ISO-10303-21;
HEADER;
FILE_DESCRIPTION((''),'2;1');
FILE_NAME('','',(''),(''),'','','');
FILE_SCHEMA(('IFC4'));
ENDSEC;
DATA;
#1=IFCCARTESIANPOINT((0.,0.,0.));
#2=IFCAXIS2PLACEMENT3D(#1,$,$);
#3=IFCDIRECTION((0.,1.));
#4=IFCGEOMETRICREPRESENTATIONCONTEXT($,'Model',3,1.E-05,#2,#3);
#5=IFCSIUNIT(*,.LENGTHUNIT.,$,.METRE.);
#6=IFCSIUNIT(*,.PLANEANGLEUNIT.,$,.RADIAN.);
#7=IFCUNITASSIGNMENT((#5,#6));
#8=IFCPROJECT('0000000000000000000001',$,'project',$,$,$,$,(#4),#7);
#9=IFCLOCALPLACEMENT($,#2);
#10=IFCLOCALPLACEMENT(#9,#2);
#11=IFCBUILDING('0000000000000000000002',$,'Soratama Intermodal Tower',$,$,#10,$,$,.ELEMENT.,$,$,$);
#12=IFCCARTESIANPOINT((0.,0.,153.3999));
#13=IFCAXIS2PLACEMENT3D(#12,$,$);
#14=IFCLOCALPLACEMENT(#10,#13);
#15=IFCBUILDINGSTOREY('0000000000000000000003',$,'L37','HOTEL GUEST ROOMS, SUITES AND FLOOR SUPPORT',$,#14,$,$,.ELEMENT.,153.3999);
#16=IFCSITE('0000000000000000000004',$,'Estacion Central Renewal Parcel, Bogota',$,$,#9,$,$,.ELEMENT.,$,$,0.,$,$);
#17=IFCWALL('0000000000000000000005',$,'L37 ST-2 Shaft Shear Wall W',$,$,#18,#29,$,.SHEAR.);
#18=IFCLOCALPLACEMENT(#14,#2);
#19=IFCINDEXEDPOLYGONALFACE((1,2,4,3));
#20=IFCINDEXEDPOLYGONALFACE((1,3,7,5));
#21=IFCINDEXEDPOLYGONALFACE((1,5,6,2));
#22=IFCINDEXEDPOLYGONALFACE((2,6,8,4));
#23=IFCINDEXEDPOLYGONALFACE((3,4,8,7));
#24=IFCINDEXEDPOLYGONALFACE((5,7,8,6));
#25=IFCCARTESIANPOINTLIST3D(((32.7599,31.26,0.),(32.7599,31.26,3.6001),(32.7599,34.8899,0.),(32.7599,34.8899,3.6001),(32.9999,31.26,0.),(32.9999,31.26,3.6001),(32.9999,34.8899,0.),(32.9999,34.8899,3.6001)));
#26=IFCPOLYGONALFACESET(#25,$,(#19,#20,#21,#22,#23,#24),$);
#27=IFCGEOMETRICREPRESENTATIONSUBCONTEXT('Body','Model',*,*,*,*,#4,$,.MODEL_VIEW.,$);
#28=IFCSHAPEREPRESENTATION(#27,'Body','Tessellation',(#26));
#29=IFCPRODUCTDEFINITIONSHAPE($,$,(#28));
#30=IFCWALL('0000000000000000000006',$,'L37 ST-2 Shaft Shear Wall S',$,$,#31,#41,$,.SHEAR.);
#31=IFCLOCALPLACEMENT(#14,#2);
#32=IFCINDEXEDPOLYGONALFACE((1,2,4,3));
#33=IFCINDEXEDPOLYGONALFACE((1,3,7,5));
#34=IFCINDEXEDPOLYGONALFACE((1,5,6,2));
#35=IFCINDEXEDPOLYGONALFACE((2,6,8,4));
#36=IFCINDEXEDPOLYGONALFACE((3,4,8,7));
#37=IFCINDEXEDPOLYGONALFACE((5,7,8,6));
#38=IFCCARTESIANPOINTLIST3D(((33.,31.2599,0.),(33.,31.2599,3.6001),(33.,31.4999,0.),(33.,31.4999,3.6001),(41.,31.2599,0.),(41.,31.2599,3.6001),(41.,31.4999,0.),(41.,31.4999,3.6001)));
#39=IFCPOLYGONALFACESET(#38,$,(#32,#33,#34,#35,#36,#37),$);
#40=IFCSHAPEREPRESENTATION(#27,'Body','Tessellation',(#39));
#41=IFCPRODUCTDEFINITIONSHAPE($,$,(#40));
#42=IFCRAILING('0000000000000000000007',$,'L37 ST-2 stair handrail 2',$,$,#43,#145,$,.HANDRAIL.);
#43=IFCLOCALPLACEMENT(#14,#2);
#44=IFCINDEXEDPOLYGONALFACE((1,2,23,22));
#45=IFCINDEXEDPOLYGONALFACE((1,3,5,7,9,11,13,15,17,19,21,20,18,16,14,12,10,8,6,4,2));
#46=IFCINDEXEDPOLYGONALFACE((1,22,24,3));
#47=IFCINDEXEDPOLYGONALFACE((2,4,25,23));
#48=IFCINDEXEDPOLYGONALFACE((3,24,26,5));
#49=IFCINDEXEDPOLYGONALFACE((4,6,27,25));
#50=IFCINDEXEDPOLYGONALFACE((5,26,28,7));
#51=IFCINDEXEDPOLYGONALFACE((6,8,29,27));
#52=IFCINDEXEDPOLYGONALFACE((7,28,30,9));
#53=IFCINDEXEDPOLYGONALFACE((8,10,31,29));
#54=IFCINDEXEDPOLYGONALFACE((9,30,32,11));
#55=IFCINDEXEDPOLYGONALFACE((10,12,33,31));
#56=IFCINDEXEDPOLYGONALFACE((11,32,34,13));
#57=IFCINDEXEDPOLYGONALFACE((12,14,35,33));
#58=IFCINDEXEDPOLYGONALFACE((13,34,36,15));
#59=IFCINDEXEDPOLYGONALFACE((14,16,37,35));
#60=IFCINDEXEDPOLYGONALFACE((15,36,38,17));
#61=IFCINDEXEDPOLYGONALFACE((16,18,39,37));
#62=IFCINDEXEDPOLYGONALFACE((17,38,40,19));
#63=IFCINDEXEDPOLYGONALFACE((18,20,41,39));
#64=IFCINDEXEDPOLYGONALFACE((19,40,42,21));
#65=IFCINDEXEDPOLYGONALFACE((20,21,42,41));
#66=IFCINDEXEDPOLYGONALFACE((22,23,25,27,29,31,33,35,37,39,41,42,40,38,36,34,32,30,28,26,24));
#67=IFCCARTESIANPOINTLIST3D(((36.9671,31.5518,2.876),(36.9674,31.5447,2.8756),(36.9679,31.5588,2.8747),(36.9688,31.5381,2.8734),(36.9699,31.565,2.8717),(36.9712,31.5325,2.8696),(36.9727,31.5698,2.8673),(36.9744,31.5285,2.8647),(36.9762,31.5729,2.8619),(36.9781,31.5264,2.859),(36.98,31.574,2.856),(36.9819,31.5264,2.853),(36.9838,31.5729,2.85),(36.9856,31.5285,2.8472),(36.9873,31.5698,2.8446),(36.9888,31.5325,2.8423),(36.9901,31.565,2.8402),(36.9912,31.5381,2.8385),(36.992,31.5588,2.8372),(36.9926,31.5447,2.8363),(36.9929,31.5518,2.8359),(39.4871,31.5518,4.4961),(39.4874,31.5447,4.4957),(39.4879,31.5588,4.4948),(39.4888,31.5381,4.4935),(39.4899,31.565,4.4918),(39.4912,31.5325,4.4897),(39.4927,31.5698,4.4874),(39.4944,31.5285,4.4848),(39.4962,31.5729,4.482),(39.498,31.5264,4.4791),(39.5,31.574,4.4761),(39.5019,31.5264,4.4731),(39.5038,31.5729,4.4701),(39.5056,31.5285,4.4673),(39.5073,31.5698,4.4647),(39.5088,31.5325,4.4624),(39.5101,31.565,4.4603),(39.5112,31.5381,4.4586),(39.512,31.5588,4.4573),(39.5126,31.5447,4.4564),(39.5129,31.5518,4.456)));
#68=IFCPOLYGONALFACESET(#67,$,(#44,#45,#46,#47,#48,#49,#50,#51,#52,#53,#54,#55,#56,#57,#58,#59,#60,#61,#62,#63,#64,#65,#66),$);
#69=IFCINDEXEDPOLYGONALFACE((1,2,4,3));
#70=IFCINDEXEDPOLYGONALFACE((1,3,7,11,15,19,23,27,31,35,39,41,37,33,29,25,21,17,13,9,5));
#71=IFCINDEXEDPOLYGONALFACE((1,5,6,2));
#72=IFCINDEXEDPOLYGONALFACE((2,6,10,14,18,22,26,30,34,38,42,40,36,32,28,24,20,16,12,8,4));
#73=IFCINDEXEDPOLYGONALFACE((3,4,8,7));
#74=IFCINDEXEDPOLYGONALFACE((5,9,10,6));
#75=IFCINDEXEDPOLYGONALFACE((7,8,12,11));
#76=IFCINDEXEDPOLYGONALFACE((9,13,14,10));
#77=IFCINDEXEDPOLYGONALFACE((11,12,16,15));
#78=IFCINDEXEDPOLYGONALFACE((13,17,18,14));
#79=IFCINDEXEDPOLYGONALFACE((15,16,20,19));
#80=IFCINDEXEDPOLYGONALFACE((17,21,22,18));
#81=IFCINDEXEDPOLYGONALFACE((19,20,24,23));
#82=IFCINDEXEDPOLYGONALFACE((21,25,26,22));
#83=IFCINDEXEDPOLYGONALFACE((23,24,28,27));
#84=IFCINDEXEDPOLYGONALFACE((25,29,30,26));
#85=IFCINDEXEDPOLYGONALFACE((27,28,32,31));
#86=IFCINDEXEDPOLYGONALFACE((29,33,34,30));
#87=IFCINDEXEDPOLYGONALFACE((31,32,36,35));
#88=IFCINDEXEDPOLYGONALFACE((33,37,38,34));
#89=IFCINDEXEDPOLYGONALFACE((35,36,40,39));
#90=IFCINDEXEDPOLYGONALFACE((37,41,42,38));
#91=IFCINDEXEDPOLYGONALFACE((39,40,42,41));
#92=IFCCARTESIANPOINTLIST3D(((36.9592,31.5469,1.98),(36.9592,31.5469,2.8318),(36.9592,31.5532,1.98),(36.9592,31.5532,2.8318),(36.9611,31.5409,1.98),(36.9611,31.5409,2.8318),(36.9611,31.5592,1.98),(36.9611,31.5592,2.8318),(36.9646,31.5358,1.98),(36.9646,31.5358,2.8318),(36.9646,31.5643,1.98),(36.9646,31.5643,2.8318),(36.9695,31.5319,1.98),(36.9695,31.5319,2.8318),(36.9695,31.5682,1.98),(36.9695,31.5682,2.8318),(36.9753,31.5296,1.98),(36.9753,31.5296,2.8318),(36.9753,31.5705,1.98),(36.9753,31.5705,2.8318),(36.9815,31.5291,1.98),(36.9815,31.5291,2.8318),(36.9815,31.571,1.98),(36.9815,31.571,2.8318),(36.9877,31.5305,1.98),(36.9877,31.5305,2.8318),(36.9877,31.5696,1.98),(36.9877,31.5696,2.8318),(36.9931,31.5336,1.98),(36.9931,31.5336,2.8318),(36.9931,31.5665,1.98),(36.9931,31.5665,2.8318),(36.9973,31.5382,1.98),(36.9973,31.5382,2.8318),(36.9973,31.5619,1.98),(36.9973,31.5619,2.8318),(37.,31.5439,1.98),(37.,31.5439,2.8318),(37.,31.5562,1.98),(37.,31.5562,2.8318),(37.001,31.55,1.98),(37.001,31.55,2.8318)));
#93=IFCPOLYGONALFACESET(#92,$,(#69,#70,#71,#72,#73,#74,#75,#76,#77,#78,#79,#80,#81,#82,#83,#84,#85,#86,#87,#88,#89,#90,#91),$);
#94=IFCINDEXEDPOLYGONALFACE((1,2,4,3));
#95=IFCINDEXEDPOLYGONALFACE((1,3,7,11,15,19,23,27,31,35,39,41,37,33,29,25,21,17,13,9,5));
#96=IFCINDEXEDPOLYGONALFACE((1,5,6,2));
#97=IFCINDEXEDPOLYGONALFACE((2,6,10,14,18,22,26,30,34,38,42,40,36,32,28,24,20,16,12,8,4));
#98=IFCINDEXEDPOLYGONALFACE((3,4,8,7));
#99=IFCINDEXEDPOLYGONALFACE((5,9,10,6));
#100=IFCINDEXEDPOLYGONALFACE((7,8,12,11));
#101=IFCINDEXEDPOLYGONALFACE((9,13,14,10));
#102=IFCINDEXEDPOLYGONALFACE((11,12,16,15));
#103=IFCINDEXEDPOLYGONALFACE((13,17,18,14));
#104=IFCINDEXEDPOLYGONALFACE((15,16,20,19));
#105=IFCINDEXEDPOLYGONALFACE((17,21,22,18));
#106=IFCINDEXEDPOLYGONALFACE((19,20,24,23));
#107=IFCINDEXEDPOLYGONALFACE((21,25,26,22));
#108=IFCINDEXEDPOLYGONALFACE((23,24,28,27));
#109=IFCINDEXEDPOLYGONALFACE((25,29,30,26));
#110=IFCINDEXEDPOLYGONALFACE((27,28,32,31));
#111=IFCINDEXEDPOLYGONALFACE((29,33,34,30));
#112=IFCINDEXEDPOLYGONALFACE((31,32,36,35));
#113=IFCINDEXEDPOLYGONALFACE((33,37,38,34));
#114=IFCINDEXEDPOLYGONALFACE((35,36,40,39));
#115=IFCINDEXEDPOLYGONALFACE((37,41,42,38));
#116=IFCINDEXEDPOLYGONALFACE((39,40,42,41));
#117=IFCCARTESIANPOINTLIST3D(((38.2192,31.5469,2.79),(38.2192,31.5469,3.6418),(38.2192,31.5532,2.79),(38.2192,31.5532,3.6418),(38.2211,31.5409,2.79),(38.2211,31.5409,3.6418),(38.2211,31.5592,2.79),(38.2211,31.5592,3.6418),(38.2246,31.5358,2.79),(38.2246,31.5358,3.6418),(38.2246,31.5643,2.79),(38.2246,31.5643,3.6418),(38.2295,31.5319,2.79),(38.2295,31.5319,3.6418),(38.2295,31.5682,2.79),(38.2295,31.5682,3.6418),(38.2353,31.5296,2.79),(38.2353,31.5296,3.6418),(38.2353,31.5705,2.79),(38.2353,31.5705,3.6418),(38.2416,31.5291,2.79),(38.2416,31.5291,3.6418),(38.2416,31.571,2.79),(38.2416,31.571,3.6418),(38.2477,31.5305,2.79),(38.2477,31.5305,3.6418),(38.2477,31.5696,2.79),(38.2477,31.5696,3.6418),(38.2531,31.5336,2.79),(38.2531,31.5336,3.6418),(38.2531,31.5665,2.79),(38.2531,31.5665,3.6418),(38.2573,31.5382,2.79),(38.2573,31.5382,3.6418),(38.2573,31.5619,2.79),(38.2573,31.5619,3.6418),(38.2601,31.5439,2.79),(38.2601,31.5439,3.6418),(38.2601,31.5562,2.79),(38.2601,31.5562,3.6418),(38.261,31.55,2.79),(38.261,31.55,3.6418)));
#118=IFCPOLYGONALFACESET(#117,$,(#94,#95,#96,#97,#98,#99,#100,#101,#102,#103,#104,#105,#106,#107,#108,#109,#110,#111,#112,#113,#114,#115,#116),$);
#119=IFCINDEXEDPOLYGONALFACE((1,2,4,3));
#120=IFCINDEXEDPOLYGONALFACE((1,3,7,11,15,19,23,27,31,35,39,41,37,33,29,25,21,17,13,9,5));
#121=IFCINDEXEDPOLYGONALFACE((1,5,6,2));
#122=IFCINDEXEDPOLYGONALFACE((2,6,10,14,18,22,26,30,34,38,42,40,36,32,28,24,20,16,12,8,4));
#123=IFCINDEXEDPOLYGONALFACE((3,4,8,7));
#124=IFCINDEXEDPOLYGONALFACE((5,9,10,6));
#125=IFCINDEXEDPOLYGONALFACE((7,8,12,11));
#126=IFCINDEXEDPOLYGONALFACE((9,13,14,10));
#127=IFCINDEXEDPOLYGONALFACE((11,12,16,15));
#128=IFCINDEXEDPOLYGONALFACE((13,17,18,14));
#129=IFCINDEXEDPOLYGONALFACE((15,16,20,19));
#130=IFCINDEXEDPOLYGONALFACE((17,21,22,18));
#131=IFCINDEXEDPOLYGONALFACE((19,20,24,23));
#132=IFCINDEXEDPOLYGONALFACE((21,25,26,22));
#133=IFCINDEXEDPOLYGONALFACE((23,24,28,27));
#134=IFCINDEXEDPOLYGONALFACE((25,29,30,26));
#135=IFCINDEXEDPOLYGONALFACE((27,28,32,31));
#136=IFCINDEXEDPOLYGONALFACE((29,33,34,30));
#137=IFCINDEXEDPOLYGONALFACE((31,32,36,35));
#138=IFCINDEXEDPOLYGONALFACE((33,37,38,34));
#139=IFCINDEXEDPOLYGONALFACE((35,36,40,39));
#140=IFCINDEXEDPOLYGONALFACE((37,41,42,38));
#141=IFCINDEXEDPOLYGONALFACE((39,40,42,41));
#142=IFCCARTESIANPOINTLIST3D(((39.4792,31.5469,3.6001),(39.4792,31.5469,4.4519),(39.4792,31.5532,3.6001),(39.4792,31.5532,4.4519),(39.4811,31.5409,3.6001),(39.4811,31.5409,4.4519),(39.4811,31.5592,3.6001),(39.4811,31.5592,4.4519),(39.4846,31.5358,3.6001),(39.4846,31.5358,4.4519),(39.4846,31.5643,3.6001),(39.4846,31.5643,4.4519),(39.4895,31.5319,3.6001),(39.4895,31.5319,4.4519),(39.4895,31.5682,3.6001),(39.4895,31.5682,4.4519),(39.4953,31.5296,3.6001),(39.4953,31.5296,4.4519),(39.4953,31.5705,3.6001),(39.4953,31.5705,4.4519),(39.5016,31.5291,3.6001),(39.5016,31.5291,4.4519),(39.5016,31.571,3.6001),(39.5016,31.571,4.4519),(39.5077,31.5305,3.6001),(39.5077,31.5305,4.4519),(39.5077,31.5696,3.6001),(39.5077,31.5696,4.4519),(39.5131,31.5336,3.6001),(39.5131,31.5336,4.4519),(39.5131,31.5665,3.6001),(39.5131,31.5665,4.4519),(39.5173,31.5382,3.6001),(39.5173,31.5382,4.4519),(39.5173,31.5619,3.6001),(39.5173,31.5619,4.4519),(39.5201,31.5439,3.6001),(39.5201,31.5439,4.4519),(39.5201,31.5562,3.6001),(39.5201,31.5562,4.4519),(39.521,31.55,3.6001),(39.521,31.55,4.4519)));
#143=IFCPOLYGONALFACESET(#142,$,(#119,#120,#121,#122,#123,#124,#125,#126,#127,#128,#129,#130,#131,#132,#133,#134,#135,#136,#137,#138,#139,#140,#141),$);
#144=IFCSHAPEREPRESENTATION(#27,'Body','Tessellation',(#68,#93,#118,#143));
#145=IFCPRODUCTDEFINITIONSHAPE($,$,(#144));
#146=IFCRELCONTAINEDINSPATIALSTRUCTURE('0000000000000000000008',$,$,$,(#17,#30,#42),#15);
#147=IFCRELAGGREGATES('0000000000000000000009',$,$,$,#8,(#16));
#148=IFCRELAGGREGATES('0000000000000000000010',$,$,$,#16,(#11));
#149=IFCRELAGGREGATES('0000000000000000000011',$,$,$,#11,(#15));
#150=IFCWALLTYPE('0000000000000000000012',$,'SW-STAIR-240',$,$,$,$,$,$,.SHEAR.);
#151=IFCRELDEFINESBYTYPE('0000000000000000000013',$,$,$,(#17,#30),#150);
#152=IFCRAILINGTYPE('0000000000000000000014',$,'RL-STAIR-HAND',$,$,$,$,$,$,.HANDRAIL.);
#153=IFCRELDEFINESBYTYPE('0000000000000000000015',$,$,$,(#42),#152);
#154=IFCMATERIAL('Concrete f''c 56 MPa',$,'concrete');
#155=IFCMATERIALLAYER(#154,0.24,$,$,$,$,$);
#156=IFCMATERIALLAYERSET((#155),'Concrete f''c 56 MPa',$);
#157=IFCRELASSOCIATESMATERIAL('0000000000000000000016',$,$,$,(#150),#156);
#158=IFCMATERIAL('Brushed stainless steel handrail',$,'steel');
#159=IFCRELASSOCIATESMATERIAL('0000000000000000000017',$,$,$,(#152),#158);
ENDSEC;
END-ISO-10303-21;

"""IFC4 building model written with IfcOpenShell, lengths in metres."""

from ifc_helpers import new_model, si_unit, direction, frame, frame_2d, origin, origin_2d, place, context, subcontext, project, spatial, rectangle, circle, extrude, material, layer, layer_set, type_object, element, save


model = new_model("IFC4")

# Units and contexts
model_context = context("Model", 3, precision=1e-05, world=origin(), true_north=direction((0.0, 1.0)))
body_context = subcontext(model_context, "Body", "Model", "MODEL_VIEW")
ifc_project = project(units=[si_unit("LENGTHUNIT", "METRE"), si_unit("PLANEANGLEUNIT", "RADIAN")], contexts=[model_context])

# Site, building, storey
site_placement = place(None, origin())
site = spatial("IfcSite", under=ifc_project, at=site_placement, Name="Estacion Central Renewal Parcel, Bogota", CompositionType="ELEMENT", RefElevation=0.0)
building_placement = place(site_placement, origin())
building = spatial("IfcBuilding", under=site, at=building_placement, Name="Soratama Intermodal Tower", CompositionType="ELEMENT")
storey_placement = place(building_placement, frame((0.0, 0.0, 153.3999)))
storey = spatial("IfcBuildingStorey", under=building, at=storey_placement, Name="L37", Description="HOTEL GUEST ROOMS, SUITES AND FLOOR SUPPORT", CompositionType="ELEMENT", Elevation=153.3999)

# Walls
ifc_material_1 = material(Name="Concrete f'c 56 MPa", Category="concrete")
ifc_layer_1 = layer(ifc_material_1, 0.24)
ifc_layer_set_1 = layer_set([ifc_layer_1], Name="Concrete f'c 56 MPa")
wall_type_1 = type_object("IfcWallType", Name="SW-STAIR-240", PredefinedType="SHEAR", material=ifc_layer_set_1)
wall_1_placement = place(storey_placement, frame((32.8799, 31.26, 0.0), z_axis=(0.0, 0.0, 1.0), x_axis=(0.0, 1.0, 0.0)))
element("IfcWall", 1, at=wall_1_placement, inside=storey, type_object=wall_type_1, Name="L37 ST-2 Shaft Shear Wall W", PredefinedType="SHEAR", context=body_context, shape_type="SweptSolid", body=[
    extrude(rectangle(XDim=3.6299, YDim=0.24, at=frame_2d((1.8149, 0.0))), origin(), (0.0, 0.0, 1.0), 3.6001),
])
wall_2_placement = place(storey_placement, frame((33.0, 31.3799, 0.0), z_axis=(0.0, 0.0, 1.0), x_axis=(1.0, 0.0, 0.0)))
element("IfcWall", 2, at=wall_2_placement, inside=storey, type_object=wall_type_1, Name="L37 ST-2 Shaft Shear Wall S", PredefinedType="SHEAR", context=body_context, shape_type="SweptSolid", body=[
    extrude(rectangle(XDim=8.0, YDim=0.24, at=frame_2d((4.0, 0.0))), origin(), (0.0, 0.0, 1.0), 3.6001),
])

# Railing
ifc_material_2 = material(Name="Brushed stainless steel handrail", Category="steel")
railing_type = type_object("IfcRailingType", Name="RL-STAIR-HAND", PredefinedType="HANDRAIL", material=ifc_material_2)
railing_placement = place(storey_placement, frame((36.98, 31.55, 1.98)))
element("IfcRailing", 3, at=railing_placement, inside=storey, type_object=railing_type, Name="L37 ST-2 stair handrail 2", PredefinedType="HANDRAIL", context=body_context, shape_type="SweptSolid", body=[
    extrude(circle(Radius=0.0239, at=origin_2d()), frame((0.0, 0.0, 0.876), z_axis=(0.841163, 0.0, 0.540782), x_axis=(0.0, 1.0, 0.0)), (0.0, 0.0, 1.0), 2.9958),
    extrude(circle(Radius=0.021, at=origin_2d()), origin(), (0.0, 0.0, 1.0), 0.8518),
    extrude(circle(Radius=0.021, at=origin_2d()), frame((1.26, 0.0, 0.8101)), (0.0, 0.0, 1.0), 0.8518),
    extrude(circle(Radius=0.021, at=origin_2d()), frame((2.52, 0.0, 1.6201)), (0.0, 0.0, 1.0), 0.8518),
])

save(model, "model.ifc")
